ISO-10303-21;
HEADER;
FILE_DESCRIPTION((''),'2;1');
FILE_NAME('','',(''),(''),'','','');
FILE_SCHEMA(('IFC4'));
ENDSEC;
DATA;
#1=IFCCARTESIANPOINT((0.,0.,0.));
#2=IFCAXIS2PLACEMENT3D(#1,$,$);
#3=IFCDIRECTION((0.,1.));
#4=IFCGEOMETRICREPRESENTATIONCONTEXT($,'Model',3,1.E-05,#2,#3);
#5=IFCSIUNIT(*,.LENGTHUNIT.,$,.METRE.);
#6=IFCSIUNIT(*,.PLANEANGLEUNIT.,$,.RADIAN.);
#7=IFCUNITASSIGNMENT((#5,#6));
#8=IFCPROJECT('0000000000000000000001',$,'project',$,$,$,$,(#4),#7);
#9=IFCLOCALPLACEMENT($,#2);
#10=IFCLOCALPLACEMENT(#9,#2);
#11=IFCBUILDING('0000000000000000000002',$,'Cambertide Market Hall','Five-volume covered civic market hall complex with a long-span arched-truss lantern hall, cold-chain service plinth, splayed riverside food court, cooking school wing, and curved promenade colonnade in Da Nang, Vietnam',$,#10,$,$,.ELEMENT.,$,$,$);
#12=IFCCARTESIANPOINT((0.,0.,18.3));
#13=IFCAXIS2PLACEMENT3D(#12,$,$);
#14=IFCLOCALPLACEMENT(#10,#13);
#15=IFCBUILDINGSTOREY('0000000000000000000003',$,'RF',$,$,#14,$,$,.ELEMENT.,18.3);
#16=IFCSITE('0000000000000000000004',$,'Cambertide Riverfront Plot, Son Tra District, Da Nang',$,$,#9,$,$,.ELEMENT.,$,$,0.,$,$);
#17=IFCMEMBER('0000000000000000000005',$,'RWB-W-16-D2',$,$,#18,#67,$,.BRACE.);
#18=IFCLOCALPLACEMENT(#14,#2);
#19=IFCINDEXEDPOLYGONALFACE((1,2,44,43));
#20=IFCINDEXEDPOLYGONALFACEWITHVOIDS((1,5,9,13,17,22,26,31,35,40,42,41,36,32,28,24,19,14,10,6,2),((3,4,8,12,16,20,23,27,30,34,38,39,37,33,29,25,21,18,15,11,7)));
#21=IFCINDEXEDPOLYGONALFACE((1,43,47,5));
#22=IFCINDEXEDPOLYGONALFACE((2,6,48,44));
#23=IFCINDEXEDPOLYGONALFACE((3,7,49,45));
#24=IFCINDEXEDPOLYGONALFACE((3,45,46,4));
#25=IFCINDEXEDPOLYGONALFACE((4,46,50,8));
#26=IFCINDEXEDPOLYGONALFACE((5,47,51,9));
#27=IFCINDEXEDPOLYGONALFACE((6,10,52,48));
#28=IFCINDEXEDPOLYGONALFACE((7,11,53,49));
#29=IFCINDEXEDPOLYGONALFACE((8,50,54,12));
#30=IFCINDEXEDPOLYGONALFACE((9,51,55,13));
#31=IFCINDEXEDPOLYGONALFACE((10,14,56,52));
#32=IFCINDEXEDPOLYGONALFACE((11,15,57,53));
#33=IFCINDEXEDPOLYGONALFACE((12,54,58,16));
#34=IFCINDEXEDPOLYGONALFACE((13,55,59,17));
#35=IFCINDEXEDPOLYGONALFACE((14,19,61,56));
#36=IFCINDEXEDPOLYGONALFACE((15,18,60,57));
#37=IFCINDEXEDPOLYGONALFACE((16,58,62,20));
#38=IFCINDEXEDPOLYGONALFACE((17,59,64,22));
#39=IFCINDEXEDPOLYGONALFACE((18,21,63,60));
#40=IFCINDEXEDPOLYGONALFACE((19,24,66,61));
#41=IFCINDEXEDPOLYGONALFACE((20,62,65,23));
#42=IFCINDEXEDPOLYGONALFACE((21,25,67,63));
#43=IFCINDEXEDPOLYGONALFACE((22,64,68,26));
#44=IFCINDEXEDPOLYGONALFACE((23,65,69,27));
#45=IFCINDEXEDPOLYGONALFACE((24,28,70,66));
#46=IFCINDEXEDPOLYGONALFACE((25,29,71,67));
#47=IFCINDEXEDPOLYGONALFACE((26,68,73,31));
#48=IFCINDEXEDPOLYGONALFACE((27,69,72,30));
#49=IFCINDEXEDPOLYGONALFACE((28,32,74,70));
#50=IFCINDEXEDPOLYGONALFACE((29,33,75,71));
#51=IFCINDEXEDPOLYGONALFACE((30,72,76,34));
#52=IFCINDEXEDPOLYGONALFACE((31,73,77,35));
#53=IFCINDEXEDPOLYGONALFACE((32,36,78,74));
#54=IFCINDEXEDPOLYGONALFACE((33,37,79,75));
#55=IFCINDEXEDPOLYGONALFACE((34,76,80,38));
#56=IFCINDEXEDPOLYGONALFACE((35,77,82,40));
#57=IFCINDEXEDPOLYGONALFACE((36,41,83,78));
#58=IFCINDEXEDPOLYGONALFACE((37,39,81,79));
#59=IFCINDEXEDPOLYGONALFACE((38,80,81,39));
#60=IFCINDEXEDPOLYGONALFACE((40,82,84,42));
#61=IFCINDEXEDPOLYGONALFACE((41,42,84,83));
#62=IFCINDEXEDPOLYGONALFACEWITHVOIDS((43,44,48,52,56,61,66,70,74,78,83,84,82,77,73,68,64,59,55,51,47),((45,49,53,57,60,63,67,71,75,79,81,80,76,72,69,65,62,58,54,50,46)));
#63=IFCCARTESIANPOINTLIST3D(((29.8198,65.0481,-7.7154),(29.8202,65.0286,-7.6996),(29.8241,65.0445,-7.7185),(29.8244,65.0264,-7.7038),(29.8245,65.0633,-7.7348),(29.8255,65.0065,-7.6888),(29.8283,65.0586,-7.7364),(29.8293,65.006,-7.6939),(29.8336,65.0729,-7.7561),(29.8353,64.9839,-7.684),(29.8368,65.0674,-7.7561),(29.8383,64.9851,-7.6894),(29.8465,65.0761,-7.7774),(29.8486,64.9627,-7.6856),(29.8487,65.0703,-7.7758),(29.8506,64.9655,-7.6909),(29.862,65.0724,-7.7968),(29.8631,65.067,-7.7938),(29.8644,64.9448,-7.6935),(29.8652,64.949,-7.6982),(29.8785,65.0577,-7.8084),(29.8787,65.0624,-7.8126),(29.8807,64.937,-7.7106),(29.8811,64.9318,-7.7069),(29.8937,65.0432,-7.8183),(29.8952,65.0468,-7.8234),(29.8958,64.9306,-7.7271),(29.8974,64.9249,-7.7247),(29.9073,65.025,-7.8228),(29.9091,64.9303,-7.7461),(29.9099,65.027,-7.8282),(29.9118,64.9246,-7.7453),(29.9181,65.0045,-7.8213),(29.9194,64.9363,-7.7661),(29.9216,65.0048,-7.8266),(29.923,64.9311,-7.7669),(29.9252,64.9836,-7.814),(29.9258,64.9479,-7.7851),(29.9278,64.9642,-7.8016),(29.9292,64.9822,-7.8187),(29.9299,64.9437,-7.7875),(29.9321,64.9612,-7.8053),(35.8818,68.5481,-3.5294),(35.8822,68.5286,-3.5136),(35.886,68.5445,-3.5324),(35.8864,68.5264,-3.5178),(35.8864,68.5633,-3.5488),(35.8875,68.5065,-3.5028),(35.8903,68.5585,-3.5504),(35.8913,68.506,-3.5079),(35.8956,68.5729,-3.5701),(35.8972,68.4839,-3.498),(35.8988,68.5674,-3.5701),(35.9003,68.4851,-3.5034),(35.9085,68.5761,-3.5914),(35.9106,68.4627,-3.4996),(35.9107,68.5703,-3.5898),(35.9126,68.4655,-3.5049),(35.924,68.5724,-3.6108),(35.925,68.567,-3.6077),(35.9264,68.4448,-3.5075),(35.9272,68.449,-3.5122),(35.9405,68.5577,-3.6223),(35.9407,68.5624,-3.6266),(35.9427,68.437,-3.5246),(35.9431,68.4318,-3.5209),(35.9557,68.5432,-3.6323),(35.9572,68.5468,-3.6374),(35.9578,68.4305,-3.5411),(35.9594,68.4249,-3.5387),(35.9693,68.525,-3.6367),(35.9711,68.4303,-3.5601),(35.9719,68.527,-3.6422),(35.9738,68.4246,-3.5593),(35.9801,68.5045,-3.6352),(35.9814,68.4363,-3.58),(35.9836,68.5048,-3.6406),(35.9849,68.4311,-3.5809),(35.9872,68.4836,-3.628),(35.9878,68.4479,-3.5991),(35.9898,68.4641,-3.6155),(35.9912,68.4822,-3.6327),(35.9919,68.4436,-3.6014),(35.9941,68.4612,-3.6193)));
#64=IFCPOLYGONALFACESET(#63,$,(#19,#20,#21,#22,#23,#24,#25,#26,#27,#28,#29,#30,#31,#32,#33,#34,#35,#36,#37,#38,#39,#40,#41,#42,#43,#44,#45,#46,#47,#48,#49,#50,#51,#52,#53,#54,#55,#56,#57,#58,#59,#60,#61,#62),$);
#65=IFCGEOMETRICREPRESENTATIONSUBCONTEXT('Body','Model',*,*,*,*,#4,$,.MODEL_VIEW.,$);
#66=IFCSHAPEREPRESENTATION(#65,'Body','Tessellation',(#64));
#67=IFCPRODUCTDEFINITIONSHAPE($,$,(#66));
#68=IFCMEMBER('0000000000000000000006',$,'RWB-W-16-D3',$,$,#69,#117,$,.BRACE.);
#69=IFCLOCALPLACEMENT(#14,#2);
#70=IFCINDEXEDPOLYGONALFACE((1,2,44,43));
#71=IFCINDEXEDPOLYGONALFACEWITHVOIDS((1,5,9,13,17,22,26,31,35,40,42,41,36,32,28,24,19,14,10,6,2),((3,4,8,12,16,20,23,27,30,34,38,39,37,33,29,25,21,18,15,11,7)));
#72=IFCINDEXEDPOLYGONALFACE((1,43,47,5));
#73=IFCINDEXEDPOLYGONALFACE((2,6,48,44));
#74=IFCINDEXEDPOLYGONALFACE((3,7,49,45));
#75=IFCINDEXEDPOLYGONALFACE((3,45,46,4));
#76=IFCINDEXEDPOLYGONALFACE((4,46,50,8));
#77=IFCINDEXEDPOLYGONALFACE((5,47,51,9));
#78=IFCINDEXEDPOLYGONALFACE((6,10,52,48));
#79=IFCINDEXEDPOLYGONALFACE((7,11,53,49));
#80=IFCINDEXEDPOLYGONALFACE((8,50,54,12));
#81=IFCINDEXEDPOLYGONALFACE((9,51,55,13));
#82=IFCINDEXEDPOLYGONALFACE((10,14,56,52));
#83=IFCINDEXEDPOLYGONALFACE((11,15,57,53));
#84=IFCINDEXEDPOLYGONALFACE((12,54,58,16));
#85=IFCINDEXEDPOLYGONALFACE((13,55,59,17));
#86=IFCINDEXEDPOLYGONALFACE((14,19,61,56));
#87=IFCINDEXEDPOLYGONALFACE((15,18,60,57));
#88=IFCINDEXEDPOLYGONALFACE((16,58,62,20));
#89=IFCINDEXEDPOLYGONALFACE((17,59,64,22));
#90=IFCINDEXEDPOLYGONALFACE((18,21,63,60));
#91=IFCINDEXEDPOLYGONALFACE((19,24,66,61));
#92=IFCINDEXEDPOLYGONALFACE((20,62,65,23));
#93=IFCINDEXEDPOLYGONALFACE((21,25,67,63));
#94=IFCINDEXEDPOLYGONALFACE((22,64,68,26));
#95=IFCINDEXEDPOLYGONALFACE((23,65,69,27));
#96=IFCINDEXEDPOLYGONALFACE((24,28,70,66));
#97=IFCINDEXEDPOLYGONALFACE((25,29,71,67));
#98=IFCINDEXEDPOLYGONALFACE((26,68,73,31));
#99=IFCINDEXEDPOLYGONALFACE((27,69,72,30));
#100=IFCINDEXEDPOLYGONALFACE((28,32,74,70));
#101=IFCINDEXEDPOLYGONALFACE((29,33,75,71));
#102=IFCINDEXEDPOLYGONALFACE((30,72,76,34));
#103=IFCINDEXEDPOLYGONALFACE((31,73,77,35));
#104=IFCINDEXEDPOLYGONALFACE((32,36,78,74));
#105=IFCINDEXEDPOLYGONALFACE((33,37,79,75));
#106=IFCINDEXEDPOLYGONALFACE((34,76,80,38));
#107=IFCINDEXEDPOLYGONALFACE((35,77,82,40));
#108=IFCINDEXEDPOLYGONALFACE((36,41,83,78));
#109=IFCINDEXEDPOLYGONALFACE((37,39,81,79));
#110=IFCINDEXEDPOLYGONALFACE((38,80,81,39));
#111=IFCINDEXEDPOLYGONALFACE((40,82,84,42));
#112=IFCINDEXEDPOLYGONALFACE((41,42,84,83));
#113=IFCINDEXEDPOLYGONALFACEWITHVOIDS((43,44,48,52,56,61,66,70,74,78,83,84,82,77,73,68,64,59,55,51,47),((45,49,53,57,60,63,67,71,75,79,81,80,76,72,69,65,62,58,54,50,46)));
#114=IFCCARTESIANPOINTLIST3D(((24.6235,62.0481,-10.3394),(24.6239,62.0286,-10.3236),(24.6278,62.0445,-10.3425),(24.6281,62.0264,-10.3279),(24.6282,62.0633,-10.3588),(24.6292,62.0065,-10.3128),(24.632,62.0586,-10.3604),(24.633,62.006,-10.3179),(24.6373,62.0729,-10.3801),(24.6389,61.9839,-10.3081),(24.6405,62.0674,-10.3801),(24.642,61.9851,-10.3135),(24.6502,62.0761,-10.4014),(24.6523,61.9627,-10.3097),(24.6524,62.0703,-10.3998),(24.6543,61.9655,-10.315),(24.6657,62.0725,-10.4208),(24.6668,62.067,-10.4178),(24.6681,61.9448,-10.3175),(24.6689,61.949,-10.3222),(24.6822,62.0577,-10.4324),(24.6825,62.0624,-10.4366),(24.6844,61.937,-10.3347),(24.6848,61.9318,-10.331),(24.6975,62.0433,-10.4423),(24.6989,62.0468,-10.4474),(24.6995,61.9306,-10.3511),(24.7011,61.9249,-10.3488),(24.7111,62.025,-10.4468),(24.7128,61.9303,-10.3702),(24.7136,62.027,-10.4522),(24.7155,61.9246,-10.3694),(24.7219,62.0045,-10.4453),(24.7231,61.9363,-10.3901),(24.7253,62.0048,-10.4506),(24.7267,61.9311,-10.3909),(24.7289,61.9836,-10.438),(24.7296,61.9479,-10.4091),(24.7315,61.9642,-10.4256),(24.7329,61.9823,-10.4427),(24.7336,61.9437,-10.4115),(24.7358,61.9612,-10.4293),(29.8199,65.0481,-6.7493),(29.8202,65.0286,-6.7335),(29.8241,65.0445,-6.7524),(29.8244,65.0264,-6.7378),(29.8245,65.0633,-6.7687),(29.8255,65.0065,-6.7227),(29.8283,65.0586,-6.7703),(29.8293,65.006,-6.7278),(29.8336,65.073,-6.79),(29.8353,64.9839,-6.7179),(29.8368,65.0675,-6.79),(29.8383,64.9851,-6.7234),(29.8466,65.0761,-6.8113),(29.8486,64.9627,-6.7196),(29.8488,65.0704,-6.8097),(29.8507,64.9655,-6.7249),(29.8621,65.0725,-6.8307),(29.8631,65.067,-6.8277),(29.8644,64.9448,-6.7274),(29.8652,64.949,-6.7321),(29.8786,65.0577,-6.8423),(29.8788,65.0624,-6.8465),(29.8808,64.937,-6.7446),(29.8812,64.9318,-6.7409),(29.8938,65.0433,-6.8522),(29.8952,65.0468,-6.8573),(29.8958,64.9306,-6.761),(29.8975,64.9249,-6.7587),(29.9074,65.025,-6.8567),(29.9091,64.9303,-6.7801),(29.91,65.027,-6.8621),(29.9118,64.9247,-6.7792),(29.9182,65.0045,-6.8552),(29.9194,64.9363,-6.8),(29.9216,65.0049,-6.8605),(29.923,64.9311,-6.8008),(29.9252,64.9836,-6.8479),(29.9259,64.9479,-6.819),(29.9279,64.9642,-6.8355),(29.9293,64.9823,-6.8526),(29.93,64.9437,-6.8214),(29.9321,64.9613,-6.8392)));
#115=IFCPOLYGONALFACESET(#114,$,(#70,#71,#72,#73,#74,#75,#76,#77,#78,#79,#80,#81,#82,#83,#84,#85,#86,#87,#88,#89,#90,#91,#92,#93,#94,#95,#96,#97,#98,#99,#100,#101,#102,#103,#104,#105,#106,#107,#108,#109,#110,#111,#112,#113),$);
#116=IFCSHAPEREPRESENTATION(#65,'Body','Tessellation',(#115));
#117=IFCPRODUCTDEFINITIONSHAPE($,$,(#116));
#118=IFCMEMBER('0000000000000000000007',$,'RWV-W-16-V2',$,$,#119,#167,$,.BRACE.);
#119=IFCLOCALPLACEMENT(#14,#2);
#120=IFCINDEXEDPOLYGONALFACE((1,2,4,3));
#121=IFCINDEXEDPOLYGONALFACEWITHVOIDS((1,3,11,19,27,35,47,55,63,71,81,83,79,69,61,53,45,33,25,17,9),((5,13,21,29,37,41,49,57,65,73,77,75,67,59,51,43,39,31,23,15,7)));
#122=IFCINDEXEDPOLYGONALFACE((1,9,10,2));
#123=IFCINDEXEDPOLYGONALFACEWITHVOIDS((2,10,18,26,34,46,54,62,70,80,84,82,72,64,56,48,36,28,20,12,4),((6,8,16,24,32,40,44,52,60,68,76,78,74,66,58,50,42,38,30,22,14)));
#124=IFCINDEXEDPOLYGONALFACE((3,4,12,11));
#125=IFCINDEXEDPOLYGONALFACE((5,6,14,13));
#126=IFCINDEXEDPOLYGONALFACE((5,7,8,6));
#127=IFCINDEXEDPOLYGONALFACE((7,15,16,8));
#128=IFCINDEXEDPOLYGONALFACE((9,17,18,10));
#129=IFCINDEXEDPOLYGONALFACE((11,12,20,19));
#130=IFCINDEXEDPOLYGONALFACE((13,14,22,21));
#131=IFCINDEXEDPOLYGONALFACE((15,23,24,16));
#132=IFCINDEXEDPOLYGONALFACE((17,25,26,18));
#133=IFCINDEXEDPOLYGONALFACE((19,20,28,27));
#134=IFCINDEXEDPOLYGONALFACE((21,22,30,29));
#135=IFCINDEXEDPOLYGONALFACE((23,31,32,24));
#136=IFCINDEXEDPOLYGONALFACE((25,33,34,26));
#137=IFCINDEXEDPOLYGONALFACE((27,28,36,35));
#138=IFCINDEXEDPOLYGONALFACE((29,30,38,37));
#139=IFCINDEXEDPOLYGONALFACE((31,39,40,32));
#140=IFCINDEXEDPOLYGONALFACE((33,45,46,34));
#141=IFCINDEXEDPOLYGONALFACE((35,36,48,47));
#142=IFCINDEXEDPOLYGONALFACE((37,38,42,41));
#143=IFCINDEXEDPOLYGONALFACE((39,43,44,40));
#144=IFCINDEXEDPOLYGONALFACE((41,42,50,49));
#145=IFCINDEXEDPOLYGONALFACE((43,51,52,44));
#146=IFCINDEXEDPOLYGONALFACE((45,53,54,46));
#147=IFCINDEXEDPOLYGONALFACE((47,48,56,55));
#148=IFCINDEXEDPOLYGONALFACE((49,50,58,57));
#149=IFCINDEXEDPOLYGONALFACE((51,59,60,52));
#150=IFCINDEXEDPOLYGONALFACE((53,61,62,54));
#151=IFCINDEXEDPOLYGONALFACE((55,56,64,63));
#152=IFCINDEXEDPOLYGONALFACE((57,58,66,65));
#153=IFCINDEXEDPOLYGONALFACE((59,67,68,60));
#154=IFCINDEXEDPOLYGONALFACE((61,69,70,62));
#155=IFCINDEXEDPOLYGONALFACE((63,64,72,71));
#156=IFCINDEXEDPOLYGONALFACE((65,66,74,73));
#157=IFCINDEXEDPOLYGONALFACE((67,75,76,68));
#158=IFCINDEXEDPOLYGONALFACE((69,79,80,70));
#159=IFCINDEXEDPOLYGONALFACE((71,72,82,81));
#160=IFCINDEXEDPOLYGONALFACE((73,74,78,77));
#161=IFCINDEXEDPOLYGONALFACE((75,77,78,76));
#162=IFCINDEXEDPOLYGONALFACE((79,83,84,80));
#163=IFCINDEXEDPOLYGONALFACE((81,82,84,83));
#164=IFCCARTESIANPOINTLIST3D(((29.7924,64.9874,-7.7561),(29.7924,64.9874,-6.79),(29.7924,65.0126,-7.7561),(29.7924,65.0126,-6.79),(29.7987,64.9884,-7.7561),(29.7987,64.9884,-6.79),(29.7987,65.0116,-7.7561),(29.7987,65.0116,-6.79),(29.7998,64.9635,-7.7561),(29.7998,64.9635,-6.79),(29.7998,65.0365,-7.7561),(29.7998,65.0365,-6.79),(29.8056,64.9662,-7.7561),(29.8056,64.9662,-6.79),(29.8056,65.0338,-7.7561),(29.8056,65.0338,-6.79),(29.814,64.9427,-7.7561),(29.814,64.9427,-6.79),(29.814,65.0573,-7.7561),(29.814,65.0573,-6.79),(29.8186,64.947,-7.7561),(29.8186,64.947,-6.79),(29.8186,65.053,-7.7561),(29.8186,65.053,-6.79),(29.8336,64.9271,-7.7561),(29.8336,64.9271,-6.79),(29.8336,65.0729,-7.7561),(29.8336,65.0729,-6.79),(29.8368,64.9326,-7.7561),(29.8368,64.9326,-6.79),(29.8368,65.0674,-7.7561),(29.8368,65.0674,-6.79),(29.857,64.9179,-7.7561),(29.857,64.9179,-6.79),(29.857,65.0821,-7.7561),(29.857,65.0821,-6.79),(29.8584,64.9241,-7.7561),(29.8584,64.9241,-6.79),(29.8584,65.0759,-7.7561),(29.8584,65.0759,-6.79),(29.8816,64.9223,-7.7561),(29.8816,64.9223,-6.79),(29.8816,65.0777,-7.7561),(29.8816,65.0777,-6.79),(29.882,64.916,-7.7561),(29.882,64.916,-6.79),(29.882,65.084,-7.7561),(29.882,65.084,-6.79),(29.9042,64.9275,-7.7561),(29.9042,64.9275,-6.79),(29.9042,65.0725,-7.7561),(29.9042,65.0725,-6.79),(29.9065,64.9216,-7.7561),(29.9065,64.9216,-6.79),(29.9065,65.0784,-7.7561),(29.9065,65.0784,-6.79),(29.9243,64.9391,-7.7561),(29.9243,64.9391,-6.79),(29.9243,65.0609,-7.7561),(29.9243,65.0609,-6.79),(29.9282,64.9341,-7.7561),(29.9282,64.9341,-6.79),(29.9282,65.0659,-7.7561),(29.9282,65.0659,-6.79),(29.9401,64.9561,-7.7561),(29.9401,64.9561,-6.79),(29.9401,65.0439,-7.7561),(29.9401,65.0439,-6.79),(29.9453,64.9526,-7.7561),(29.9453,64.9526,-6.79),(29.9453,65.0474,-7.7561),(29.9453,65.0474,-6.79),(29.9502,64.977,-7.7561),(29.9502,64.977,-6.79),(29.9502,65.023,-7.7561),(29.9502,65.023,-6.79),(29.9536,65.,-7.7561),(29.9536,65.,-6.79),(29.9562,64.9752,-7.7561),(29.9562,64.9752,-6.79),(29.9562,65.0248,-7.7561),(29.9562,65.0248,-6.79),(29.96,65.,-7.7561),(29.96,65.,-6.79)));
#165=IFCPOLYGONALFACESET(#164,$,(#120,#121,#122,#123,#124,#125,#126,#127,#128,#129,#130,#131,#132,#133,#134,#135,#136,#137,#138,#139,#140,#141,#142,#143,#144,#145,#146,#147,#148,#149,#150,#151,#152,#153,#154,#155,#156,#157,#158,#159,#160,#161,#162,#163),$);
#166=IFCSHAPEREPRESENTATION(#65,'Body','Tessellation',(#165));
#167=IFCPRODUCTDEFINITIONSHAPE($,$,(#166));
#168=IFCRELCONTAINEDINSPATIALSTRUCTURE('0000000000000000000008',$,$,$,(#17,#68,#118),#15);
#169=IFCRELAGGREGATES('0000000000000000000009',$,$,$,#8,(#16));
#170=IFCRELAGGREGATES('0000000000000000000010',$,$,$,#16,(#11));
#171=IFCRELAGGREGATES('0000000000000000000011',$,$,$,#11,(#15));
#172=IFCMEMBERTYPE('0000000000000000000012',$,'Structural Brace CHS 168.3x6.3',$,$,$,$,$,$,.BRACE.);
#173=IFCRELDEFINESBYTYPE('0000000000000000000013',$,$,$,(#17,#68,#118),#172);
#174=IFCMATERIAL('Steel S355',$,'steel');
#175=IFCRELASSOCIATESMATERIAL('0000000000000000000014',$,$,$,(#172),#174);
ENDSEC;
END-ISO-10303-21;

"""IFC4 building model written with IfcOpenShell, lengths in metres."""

from ifc_helpers import new_model, si_unit, direction, frame, origin, origin_2d, place, context, subcontext, project, spatial, hollow_circle, extrude, material, material_profile, profile_set, type_object, element, save


model = new_model("IFC4")

# Units and contexts
model_context = context("Model", 3, precision=1e-05, world=origin(), true_north=direction((0.0, 1.0)))
body_context = subcontext(model_context, "Body", "Model", "MODEL_VIEW")
ifc_project = project(units=[si_unit("LENGTHUNIT", "METRE"), si_unit("PLANEANGLEUNIT", "RADIAN")], contexts=[model_context])

# Site, building, storey
site_placement = place(None, origin())
site = spatial("IfcSite", under=ifc_project, at=site_placement, Name="Cambertide Riverfront Plot, Son Tra District, Da Nang", CompositionType="ELEMENT", RefElevation=0.0)
building_placement = place(site_placement, origin())
building = spatial("IfcBuilding", under=site, at=building_placement, Name="Cambertide Market Hall", Description="Five-volume covered civic market hall complex with a long-span arched-truss lantern hall, cold-chain service plinth, splayed riverside food court, cooking school wing, and curved promenade colonnade in Da Nang, Vietnam", CompositionType="ELEMENT")
storey_placement = place(building_placement, frame((0.0, 0.0, 18.3)))
storey = spatial("IfcBuildingStorey", under=building, at=storey_placement, Name="RF", CompositionType="ELEMENT", Elevation=18.3)

# Members
ifc_material_1 = material(Name="Steel S355", Category="steel")
ifc_material_profile_1 = material_profile(ifc_material_1, hollow_circle(Radius=0.0842, WallThickness=0.0063, at=origin_2d()), Name="CHS 168.3x6.3")
ifc_profile_set_1 = profile_set([ifc_material_profile_1], Name="Steel S355")
member_type_1 = type_object("IfcMemberType", Name="Structural Brace CHS 168.3x6.3", PredefinedType="BRACE", material=ifc_profile_set_1)
member_1_placement = place(storey_placement, frame((29.8757, 65.0, -7.7561), z_axis=(0.743255, 0.42913, 0.513244), x_axis=(-0.50001, 0.866019, 0.0)))
element("IfcMember", 1, at=member_1_placement, inside=storey, type_object=member_type_1, Name="RWB-W-16-D2", PredefinedType="BRACE", context=body_context, shape_type="SweptSolid", body=[
    extrude(hollow_circle(Radius=0.0842, WallThickness=0.0063, at=origin_2d()), origin(), (0.0, 0.0, 1.0), 8.156),
])
member_2_placement = place(storey_placement, frame((24.6794, 62.0, -10.3801), z_axis=(0.74316, 0.429053, 0.513446), x_axis=(-0.49999, 0.866031, 0.0)))
element("IfcMember", 2, at=member_2_placement, inside=storey, type_object=member_type_1, Name="RWB-W-16-D3", PredefinedType="BRACE", context=body_context, shape_type="SweptSolid", body=[
    extrude(hollow_circle(Radius=0.0842, WallThickness=0.0063, at=origin_2d()), origin(), (0.0, 0.0, 1.0), 6.9922),
])
member_3_placement = place(storey_placement, frame((29.8757, 65.0, -7.7561), z_axis=(0.0, 0.0, 1.0), x_axis=(1.0, 0.0, 0.0)))
element("IfcMember", 3, at=member_3_placement, inside=storey, type_object=member_type_1, Name="RWV-W-16-V2", PredefinedType="BRACE", context=body_context, shape_type="SweptSolid", body=[
    extrude(hollow_circle(Radius=0.0842, WallThickness=0.0063, at=origin_2d()), origin(), (0.0, 0.0, 1.0), 0.9661),
])

save(model, "model.ifc")
